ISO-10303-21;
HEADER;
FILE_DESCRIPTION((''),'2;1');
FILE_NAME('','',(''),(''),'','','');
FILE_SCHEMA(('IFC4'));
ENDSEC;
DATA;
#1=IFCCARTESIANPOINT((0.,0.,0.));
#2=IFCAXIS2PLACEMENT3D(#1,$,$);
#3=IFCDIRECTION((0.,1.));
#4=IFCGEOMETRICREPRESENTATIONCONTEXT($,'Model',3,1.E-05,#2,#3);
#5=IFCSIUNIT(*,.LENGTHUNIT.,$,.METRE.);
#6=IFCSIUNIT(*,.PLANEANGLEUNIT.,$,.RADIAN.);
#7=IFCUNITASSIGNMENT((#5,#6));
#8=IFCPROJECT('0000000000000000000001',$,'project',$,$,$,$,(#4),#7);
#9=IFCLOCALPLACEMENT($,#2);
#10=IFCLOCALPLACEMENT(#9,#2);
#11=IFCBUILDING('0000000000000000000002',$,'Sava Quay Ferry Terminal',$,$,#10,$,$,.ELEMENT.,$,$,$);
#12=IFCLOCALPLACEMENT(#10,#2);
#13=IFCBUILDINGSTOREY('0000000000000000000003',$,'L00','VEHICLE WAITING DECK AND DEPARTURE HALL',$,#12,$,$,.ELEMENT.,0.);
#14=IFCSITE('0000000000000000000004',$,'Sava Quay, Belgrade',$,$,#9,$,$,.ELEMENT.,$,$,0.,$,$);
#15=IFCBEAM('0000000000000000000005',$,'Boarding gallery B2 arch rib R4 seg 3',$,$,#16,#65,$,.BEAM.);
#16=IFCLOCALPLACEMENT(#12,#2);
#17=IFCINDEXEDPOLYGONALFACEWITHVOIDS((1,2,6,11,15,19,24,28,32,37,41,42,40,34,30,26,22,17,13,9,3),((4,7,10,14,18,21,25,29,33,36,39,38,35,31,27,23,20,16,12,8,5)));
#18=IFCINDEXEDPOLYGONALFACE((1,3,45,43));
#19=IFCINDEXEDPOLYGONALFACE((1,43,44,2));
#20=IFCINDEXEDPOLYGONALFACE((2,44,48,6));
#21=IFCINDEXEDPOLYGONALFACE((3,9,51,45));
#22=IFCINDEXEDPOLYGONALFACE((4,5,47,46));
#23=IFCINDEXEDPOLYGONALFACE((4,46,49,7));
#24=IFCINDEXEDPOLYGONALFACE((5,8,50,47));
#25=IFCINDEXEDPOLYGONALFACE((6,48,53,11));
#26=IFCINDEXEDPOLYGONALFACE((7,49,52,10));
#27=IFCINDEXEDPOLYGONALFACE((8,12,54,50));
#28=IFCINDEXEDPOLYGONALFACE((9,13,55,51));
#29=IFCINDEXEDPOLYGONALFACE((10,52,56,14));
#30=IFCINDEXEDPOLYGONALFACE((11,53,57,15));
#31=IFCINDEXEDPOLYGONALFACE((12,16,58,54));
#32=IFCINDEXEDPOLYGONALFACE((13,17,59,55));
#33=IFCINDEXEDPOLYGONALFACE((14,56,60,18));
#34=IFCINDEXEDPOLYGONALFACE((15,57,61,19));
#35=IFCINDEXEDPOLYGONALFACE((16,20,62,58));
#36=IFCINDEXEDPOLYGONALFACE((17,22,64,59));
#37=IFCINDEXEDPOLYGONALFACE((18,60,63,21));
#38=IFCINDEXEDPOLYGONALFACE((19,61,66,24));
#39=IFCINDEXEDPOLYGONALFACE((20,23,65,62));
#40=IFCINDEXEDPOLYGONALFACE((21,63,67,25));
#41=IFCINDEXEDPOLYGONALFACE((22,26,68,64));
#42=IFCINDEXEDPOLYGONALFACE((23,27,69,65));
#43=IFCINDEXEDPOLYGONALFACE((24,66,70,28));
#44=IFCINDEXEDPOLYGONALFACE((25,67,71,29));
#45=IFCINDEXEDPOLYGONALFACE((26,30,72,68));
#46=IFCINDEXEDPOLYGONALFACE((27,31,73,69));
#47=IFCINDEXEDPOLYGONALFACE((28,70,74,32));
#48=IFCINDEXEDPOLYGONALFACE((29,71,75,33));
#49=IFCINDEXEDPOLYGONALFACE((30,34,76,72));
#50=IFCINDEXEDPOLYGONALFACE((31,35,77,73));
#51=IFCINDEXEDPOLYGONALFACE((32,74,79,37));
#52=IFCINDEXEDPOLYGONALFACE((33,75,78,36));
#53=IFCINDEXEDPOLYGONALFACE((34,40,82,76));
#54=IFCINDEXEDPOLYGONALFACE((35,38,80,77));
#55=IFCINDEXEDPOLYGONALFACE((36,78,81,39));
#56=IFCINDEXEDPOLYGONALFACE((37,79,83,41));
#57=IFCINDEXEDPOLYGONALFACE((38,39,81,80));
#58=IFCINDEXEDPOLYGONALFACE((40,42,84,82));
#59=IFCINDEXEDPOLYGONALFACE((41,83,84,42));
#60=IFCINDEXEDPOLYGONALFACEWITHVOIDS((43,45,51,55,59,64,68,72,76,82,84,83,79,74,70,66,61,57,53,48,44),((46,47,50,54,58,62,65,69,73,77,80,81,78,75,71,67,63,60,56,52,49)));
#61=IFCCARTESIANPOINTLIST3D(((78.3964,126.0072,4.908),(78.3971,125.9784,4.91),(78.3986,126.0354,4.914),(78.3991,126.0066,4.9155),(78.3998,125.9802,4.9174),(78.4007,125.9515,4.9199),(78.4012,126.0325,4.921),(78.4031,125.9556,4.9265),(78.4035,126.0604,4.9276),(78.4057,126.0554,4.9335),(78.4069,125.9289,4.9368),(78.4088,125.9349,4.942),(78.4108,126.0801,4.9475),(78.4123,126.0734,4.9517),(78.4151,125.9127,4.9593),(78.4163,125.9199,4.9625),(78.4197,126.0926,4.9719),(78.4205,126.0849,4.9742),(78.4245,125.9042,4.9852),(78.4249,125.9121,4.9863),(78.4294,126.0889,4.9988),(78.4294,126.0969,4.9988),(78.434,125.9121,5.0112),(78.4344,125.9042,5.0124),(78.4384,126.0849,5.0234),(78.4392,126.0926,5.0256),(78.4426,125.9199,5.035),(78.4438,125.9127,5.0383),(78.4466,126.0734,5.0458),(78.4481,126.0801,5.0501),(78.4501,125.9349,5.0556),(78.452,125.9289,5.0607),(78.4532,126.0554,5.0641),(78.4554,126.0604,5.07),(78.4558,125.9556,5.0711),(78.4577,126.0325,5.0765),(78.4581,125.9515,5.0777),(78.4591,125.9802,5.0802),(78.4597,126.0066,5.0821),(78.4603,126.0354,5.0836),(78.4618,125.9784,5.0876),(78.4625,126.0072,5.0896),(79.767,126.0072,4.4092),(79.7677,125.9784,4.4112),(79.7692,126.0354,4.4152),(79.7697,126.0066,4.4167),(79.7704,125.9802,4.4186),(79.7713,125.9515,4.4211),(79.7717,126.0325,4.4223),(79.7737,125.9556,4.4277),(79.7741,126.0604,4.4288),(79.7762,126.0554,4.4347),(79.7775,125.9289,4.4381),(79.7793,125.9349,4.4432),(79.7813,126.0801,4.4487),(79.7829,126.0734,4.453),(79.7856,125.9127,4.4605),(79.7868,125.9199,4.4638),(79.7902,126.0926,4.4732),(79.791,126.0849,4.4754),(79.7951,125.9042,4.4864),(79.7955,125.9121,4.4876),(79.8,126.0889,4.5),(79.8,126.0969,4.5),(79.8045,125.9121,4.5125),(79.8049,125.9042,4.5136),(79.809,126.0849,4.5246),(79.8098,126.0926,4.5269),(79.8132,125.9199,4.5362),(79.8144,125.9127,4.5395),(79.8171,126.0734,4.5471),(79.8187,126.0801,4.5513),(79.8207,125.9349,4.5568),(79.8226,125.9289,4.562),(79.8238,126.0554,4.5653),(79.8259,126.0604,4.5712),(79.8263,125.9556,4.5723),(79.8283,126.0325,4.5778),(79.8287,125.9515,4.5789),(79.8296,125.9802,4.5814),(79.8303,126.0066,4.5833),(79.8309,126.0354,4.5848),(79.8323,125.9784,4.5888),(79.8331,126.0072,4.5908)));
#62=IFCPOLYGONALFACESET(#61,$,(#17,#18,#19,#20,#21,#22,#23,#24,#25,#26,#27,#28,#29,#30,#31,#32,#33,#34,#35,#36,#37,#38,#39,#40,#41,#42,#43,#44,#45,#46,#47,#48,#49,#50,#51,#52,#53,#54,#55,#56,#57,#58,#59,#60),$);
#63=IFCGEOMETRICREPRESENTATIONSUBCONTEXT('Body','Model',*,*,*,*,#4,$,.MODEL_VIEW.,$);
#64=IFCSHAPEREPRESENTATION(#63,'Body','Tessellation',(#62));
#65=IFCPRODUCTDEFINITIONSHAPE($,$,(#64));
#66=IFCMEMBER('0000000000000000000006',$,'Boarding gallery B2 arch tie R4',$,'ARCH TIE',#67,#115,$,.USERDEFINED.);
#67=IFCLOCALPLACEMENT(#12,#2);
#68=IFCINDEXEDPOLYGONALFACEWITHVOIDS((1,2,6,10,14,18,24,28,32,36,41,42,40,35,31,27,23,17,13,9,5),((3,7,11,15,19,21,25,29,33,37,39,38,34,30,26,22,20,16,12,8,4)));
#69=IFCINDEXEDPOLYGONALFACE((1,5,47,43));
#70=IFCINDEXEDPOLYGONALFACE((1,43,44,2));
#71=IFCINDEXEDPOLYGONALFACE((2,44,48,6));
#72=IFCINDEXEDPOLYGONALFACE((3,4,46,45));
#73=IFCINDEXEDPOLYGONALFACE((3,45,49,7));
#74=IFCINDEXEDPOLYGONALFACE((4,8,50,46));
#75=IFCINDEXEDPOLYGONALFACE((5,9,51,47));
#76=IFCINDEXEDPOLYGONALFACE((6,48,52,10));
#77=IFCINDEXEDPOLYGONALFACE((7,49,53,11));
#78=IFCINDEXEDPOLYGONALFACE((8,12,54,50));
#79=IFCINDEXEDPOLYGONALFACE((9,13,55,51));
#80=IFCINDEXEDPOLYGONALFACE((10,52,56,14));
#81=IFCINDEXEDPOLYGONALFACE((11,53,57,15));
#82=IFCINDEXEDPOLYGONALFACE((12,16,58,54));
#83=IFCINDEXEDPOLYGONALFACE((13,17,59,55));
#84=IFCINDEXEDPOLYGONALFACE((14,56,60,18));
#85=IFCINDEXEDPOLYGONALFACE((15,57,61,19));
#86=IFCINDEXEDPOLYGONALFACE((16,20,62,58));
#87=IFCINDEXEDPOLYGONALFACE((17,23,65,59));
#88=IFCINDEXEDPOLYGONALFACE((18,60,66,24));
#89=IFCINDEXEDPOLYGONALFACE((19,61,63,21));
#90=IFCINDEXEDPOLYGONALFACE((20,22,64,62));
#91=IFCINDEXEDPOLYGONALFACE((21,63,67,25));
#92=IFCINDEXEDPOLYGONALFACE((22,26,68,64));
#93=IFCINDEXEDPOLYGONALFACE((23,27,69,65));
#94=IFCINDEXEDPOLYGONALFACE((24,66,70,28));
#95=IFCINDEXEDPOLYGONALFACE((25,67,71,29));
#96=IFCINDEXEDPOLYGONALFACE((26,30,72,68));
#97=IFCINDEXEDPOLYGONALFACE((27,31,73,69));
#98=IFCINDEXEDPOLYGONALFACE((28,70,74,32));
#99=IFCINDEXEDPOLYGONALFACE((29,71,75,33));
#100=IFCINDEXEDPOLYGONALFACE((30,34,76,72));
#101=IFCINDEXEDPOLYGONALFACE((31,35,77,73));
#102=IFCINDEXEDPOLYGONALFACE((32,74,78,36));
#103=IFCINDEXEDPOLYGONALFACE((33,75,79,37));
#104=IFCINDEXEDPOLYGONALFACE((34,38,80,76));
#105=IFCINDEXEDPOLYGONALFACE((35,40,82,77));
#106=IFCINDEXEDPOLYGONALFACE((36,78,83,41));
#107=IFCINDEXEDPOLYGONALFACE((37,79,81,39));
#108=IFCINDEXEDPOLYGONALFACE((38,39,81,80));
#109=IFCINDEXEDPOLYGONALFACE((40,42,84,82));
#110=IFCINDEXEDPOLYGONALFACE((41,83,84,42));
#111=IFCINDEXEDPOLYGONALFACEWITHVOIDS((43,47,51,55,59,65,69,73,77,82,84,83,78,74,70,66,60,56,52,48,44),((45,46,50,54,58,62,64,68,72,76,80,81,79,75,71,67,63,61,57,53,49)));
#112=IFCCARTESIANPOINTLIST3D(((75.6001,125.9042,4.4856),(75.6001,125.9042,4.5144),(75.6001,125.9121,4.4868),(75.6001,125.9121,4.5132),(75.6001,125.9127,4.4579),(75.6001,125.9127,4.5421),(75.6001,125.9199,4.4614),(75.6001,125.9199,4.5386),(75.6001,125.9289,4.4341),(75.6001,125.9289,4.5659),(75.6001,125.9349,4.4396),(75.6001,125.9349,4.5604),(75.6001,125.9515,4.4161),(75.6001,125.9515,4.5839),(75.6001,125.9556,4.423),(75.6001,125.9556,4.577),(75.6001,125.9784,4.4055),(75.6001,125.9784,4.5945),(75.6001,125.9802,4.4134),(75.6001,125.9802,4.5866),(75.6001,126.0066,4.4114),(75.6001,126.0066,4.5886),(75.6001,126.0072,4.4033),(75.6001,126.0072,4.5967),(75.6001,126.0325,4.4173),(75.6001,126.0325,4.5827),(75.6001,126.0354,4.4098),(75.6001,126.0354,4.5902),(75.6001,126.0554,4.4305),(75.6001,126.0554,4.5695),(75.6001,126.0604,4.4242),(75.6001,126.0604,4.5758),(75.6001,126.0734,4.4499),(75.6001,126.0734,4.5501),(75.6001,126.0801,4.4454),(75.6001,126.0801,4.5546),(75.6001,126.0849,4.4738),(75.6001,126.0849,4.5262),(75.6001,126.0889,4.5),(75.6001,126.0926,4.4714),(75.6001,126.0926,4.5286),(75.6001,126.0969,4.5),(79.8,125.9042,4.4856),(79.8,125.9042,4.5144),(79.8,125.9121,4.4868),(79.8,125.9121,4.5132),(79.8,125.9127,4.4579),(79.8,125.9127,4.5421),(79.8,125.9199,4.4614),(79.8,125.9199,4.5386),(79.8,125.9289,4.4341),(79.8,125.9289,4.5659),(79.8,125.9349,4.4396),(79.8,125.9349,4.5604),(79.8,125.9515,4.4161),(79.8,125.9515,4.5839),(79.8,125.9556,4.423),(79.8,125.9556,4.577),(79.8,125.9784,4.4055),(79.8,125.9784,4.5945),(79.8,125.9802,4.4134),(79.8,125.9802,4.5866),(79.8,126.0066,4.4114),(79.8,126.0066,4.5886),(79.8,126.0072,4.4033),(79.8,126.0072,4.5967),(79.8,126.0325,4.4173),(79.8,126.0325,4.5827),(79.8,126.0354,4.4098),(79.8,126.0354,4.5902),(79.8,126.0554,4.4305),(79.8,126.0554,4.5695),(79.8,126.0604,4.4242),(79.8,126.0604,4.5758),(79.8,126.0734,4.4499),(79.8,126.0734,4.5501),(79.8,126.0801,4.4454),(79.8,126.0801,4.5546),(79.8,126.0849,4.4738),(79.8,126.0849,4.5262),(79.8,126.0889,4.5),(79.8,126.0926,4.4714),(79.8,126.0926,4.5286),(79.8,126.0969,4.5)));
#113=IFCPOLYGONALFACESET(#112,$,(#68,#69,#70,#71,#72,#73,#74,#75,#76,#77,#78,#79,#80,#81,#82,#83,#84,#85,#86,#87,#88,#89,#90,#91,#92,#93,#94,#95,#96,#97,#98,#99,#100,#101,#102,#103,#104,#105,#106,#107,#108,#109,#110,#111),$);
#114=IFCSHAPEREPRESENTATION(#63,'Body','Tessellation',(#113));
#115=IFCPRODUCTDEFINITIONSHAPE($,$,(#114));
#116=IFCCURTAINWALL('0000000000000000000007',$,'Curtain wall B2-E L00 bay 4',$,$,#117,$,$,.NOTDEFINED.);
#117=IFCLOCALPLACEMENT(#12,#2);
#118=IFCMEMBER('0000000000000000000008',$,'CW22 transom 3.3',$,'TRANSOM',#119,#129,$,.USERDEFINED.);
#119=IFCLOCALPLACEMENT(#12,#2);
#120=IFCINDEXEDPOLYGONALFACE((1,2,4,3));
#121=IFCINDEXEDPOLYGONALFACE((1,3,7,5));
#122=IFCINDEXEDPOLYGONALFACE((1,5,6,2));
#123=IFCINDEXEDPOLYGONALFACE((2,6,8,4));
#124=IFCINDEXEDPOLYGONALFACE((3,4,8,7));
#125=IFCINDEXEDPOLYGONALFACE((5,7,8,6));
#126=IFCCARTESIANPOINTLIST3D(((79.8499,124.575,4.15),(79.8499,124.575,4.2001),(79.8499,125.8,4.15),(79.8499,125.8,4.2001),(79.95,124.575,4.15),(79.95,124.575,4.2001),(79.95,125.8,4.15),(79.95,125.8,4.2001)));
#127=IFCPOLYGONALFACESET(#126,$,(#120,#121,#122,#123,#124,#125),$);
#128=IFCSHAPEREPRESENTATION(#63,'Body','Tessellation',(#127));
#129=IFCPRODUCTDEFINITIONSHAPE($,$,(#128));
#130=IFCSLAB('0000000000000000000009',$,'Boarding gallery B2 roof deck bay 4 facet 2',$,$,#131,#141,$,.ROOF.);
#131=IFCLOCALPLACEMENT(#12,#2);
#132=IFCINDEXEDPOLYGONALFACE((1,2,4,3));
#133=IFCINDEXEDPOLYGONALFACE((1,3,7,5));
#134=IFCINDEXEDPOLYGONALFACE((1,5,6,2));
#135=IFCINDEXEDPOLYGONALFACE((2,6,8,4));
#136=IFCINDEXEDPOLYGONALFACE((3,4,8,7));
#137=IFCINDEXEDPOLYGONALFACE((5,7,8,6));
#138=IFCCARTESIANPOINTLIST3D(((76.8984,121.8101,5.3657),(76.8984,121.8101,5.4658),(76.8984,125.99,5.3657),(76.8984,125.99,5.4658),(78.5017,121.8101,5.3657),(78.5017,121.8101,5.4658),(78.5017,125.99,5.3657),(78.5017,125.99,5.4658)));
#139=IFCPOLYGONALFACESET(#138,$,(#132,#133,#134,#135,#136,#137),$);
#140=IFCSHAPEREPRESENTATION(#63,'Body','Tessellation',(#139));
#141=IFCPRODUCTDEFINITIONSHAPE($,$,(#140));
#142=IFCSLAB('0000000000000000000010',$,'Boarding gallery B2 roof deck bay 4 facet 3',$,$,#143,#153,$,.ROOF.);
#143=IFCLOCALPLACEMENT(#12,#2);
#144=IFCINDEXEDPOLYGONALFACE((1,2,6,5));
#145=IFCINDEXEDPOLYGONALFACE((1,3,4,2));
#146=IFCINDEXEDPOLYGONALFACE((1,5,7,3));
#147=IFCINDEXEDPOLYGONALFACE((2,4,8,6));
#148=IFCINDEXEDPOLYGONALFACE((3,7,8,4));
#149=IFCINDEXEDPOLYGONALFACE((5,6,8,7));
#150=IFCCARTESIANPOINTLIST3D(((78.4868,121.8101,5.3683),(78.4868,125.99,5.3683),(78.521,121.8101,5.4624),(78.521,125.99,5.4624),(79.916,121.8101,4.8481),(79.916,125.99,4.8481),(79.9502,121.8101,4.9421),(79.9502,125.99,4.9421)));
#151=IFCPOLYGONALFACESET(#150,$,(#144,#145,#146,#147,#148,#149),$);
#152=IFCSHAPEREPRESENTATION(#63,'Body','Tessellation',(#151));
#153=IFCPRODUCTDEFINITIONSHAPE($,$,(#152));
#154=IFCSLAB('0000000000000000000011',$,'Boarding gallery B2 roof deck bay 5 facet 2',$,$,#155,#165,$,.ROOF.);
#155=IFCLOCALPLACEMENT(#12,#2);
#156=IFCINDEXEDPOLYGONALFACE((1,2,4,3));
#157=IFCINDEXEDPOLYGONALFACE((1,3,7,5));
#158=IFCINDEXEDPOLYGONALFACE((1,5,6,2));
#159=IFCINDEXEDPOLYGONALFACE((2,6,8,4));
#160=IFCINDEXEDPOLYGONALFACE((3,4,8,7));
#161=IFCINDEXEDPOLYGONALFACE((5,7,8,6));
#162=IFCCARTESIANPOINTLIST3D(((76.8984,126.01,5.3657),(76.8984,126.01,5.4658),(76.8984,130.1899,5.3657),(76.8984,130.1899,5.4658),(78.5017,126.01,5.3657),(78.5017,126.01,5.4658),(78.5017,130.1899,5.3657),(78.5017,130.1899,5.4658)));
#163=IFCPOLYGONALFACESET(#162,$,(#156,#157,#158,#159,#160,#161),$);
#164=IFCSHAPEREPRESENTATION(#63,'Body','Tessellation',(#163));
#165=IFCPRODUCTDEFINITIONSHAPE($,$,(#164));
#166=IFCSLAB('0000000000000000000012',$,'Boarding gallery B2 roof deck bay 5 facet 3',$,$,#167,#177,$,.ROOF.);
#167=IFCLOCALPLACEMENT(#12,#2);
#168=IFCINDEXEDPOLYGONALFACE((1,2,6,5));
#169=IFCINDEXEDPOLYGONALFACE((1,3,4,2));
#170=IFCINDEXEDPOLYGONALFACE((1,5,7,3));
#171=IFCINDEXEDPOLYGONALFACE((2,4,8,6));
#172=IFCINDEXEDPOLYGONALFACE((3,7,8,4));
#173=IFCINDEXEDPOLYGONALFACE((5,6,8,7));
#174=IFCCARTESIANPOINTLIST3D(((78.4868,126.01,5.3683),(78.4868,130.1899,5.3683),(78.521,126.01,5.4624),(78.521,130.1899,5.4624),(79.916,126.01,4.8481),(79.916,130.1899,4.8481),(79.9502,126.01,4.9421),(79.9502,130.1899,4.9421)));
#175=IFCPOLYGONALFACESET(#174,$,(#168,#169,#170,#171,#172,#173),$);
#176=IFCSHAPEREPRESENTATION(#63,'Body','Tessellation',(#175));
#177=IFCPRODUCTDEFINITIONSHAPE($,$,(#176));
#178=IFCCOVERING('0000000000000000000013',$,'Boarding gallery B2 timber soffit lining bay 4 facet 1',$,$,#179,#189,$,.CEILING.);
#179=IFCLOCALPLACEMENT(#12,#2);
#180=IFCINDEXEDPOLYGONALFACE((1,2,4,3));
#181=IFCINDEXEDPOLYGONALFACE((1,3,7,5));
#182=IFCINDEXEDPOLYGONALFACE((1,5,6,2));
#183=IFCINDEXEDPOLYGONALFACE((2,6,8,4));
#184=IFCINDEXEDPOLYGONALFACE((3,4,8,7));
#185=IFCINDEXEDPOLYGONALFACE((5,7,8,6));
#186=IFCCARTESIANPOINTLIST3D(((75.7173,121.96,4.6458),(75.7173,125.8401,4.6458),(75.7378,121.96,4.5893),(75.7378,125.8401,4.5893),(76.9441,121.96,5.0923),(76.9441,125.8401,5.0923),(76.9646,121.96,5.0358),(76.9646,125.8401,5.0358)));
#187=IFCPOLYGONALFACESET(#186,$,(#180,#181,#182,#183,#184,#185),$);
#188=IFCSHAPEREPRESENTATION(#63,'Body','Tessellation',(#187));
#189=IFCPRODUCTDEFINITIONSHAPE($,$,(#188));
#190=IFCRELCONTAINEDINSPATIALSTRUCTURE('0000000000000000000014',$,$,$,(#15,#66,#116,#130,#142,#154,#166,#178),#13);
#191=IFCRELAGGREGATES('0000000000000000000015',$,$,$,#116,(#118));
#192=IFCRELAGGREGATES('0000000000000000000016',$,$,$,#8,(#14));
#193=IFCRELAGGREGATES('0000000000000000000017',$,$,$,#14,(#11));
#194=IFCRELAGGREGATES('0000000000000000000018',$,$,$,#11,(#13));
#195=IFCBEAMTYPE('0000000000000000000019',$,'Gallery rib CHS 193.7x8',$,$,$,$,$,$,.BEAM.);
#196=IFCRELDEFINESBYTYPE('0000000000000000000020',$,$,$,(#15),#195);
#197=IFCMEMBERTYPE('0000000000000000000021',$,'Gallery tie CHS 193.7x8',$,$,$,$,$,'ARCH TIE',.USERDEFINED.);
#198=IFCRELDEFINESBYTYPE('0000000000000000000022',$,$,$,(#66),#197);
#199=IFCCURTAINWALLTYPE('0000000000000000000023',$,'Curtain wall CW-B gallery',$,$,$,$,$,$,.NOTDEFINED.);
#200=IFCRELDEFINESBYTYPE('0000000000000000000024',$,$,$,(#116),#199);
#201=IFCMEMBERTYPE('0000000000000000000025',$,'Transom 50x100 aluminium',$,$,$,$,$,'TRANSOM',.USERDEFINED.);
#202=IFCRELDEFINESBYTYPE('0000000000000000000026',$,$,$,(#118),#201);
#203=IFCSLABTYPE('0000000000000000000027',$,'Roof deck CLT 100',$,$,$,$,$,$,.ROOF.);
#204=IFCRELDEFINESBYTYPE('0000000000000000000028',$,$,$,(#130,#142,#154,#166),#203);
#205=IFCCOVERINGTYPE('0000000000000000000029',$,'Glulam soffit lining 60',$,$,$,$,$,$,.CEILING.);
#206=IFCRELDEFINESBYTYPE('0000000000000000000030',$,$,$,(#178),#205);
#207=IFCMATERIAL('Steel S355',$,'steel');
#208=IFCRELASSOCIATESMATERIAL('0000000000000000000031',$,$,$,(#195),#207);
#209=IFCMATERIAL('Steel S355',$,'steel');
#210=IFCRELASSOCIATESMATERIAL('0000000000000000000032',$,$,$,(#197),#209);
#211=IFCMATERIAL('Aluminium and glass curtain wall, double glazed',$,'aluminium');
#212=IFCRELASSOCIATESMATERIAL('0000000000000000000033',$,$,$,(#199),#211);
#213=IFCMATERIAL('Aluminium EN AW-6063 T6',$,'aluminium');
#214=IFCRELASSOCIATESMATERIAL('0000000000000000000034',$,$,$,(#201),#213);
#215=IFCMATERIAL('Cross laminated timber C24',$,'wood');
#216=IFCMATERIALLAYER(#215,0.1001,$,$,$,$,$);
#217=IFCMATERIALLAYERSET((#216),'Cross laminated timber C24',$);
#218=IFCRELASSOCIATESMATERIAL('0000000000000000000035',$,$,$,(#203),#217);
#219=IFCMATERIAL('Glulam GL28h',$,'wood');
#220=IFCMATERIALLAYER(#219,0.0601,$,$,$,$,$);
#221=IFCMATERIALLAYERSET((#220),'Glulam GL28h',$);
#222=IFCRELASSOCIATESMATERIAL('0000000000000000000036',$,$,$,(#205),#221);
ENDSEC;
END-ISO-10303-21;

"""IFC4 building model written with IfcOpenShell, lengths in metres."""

from ifc_helpers import new_model, si_unit, direction, frame, origin, origin_2d, place, context, subcontext, project, spatial, polyline, rectangle, hollow_circle, outline, extrude, material, layer, layer_set, material_profile, profile_set, type_object, element, aggregate, save


model = new_model("IFC4")

# Units and contexts
model_context = context("Model", 3, precision=1e-05, world=origin(), true_north=direction((0.0, 1.0)))
body_context = subcontext(model_context, "Body", "Model", "MODEL_VIEW")
ifc_project = project(units=[si_unit("LENGTHUNIT", "METRE"), si_unit("PLANEANGLEUNIT", "RADIAN")], contexts=[model_context])

# Site, building, storey
site_placement = place(None, origin())
site = spatial("IfcSite", under=ifc_project, at=site_placement, Name="Sava Quay, Belgrade", CompositionType="ELEMENT", RefElevation=0.0)
building_placement = place(site_placement, origin())
building = spatial("IfcBuilding", under=site, at=building_placement, Name="Sava Quay Ferry Terminal", CompositionType="ELEMENT")
storey_placement = place(building_placement, origin())
storey = spatial("IfcBuildingStorey", under=building, at=storey_placement, Name="L00", Description="VEHICLE WAITING DECK AND DEPARTURE HALL", CompositionType="ELEMENT", Elevation=0.0)

# Beam
ifc_material_1 = material(Name="Steel S355", Category="steel")
ifc_material_profile_1 = material_profile(ifc_material_1, hollow_circle(Radius=0.0969, WallThickness=0.0081, at=origin_2d()), Name="CHS 193.7 x 8.0")
ifc_profile_set_1 = profile_set([ifc_material_profile_1], Name="Steel S355")
beam_type_1 = type_object("IfcBeamType", Name="Gallery rib CHS 193.7x8", PredefinedType="BEAM", material=ifc_profile_set_1)
beam_1_placement = place(storey_placement, frame((78.4294, 126.0, 4.9988), z_axis=(0.93971, 0.0, -0.341972), x_axis=(0.0, 1.0, 0.0)))
element("IfcBeam", 1, at=beam_1_placement, inside=storey, type_object=beam_type_1, Name="Boarding gallery B2 arch rib R4 seg 3", PredefinedType="BEAM", context=body_context, shape_type="SweptSolid", body=[
    extrude(hollow_circle(Radius=0.0969, WallThickness=0.0081, at=origin_2d()), origin(), (0.0, 0.0, 1.0), 1.4585),
])

# Member
ifc_material_2 = material(Name="Steel S355", Category="steel")
ifc_material_profile_2 = material_profile(ifc_material_2, hollow_circle(Radius=0.0969, WallThickness=0.0081, at=origin_2d()), Name="CHS 193.7 x 8.0")
ifc_profile_set_2 = profile_set([ifc_material_profile_2], Name="Steel S355")
member_type_1 = type_object("IfcMemberType", Name="Gallery tie CHS 193.7x8", ElementType="ARCH TIE", PredefinedType="USERDEFINED", material=ifc_profile_set_2)
member_1_placement = place(storey_placement, frame((75.6001, 126.0, 4.5), z_axis=(1.0, 0.0, 0.0), x_axis=(0.0, 1.0, 0.0)))
element("IfcMember", 2, at=member_1_placement, inside=storey, type_object=member_type_1, Name="Boarding gallery B2 arch tie R4", ObjectType="ARCH TIE", PredefinedType="USERDEFINED", context=body_context, shape_type="SweptSolid", body=[
    extrude(hollow_circle(Radius=0.0969, WallThickness=0.0081, at=origin_2d()), origin(), (0.0, 0.0, 1.0), 4.2),
])

# Curtain wall, member
ifc_material_3 = material(Name="Aluminium and glass curtain wall, double glazed", Category="aluminium")
curtain_wall_type = type_object("IfcCurtainWallType", Name="Curtain wall CW-B gallery", PredefinedType="NOTDEFINED", material=ifc_material_3)
curtain_wall_placement = place(storey_placement, origin())
curtain_wall = element("IfcCurtainWall", 3, at=curtain_wall_placement, inside=storey, type_object=curtain_wall_type, Name="Curtain wall B2-E L00 bay 4", PredefinedType="NOTDEFINED")
ifc_material_4 = material(Name="Aluminium EN AW-6063 T6", Category="aluminium")
ifc_material_profile_3 = material_profile(ifc_material_4, rectangle(XDim=0.1001, YDim=0.05, at=origin_2d()), Name="Transom 50x100 aluminium")
ifc_profile_set_3 = profile_set([ifc_material_profile_3], Name="Aluminium EN AW-6063 T6")
member_type_2 = type_object("IfcMemberType", Name="Transom 50x100 aluminium", ElementType="TRANSOM", PredefinedType="USERDEFINED", material=ifc_profile_set_3)
member_2_placement = place(storey_placement, frame((79.8999, 124.575, 4.175), z_axis=(0.0, 1.0, 0.0), x_axis=(-1.0, 0.0, 0.0)))
member_2 = element("IfcMember", 4, at=member_2_placement, type_object=member_type_2, Name="CW22 transom 3.3", ObjectType="TRANSOM", PredefinedType="USERDEFINED", context=body_context, shape_type="SweptSolid", body=[
    extrude(rectangle(XDim=0.1001, YDim=0.05, at=origin_2d()), origin(), (0.0, 0.0, 1.0), 1.2251),
])
aggregate(curtain_wall, [member_2])

# Slabs
ifc_material_5 = material(Name="Cross laminated timber C24", Category="wood")
ifc_layer_1 = layer(ifc_material_5, 0.1001)
ifc_layer_set_1 = layer_set([ifc_layer_1], Name="Cross laminated timber C24")
slab_type = type_object("IfcSlabType", Name="Roof deck CLT 100", PredefinedType="ROOF", material=ifc_layer_set_1)
slab_1_placement = place(storey_placement, frame((76.8984, 121.8101, 5.4658), z_axis=(0.0, 0.0, 1.0), x_axis=(1.0, 0.0, 0.0)))
element("IfcSlab", 5, at=slab_1_placement, inside=storey, type_object=slab_type, Name="Boarding gallery B2 roof deck bay 4 facet 2", PredefinedType="ROOF", context=body_context, shape_type="SweptSolid", body=[
    extrude(outline(polyline([(0.0, 0.0), (1.6033, 0.0), (1.6033, 4.1799), (0.0, 4.1799), (0.0, 0.0)])), origin(), (0.0, 0.0, -1.0), 0.1001),
])
slab_2_placement = place(storey_placement, frame((78.521, 121.8101, 5.4624), z_axis=(0.342065, 0.0, 0.939676), x_axis=(0.939676, 0.0, -0.342065)))
element("IfcSlab", 6, at=slab_2_placement, inside=storey, type_object=slab_type, Name="Boarding gallery B2 roof deck bay 4 facet 3", PredefinedType="ROOF", context=body_context, shape_type="SweptSolid", body=[
    extrude(outline(polyline([(0.0, 0.0), (1.5209, 0.0), (1.5209, 4.1799), (0.0, 4.1799), (0.0, 0.0)])), origin(), (0.0, 0.0, -1.0), 0.1001),
])
slab_3_placement = place(storey_placement, frame((76.8984, 126.01, 5.4658), z_axis=(0.0, 0.0, 1.0), x_axis=(1.0, 0.0, 0.0)))
element("IfcSlab", 7, at=slab_3_placement, inside=storey, type_object=slab_type, Name="Boarding gallery B2 roof deck bay 5 facet 2", PredefinedType="ROOF", context=body_context, shape_type="SweptSolid", body=[
    extrude(outline(polyline([(0.0, 0.0), (1.6033, 0.0), (1.6033, 4.1799), (0.0, 4.1799), (0.0, 0.0)])), origin(), (0.0, 0.0, -1.0), 0.1001),
])
slab_4_placement = place(storey_placement, frame((78.521, 126.01, 5.4624), z_axis=(0.342065, 0.0, 0.939676), x_axis=(0.939676, 0.0, -0.342065)))
element("IfcSlab", 8, at=slab_4_placement, inside=storey, type_object=slab_type, Name="Boarding gallery B2 roof deck bay 5 facet 3", PredefinedType="ROOF", context=body_context, shape_type="SweptSolid", body=[
    extrude(outline(polyline([(0.0, 0.0), (1.5209, 0.0), (1.5209, 4.1799), (0.0, 4.1799), (0.0, 0.0)])), origin(), (0.0, 0.0, -1.0), 0.1001),
])

# Covering
ifc_material_6 = material(Name="Glulam GL28h", Category="wood")
ifc_layer_2 = layer(ifc_material_6, 0.0601)
ifc_layer_set_2 = layer_set([ifc_layer_2], Name="Glulam GL28h")
covering_type_1 = type_object("IfcCoveringType", Name="Glulam soffit lining 60", PredefinedType="CEILING", material=ifc_layer_set_2)
covering_1_placement = place(storey_placement, frame((75.7173, 121.96, 4.6458), z_axis=(-0.342028, 0.0, 0.93969), x_axis=(0.93969, 0.0, 0.342028)))
element("IfcCovering", 9, at=covering_1_placement, inside=storey, type_object=covering_type_1, Name="Boarding gallery B2 timber soffit lining bay 4 facet 1", PredefinedType="CEILING", context=body_context, shape_type="SweptSolid", body=[
    extrude(outline(polyline([(0.0, 0.0), (1.3055, 0.0), (1.3055, 3.8801), (0.0, 3.8801), (0.0, 0.0)])), origin(), (0.0, 0.0, -1.0), 0.0601),
])

save(model, "model.ifc")
